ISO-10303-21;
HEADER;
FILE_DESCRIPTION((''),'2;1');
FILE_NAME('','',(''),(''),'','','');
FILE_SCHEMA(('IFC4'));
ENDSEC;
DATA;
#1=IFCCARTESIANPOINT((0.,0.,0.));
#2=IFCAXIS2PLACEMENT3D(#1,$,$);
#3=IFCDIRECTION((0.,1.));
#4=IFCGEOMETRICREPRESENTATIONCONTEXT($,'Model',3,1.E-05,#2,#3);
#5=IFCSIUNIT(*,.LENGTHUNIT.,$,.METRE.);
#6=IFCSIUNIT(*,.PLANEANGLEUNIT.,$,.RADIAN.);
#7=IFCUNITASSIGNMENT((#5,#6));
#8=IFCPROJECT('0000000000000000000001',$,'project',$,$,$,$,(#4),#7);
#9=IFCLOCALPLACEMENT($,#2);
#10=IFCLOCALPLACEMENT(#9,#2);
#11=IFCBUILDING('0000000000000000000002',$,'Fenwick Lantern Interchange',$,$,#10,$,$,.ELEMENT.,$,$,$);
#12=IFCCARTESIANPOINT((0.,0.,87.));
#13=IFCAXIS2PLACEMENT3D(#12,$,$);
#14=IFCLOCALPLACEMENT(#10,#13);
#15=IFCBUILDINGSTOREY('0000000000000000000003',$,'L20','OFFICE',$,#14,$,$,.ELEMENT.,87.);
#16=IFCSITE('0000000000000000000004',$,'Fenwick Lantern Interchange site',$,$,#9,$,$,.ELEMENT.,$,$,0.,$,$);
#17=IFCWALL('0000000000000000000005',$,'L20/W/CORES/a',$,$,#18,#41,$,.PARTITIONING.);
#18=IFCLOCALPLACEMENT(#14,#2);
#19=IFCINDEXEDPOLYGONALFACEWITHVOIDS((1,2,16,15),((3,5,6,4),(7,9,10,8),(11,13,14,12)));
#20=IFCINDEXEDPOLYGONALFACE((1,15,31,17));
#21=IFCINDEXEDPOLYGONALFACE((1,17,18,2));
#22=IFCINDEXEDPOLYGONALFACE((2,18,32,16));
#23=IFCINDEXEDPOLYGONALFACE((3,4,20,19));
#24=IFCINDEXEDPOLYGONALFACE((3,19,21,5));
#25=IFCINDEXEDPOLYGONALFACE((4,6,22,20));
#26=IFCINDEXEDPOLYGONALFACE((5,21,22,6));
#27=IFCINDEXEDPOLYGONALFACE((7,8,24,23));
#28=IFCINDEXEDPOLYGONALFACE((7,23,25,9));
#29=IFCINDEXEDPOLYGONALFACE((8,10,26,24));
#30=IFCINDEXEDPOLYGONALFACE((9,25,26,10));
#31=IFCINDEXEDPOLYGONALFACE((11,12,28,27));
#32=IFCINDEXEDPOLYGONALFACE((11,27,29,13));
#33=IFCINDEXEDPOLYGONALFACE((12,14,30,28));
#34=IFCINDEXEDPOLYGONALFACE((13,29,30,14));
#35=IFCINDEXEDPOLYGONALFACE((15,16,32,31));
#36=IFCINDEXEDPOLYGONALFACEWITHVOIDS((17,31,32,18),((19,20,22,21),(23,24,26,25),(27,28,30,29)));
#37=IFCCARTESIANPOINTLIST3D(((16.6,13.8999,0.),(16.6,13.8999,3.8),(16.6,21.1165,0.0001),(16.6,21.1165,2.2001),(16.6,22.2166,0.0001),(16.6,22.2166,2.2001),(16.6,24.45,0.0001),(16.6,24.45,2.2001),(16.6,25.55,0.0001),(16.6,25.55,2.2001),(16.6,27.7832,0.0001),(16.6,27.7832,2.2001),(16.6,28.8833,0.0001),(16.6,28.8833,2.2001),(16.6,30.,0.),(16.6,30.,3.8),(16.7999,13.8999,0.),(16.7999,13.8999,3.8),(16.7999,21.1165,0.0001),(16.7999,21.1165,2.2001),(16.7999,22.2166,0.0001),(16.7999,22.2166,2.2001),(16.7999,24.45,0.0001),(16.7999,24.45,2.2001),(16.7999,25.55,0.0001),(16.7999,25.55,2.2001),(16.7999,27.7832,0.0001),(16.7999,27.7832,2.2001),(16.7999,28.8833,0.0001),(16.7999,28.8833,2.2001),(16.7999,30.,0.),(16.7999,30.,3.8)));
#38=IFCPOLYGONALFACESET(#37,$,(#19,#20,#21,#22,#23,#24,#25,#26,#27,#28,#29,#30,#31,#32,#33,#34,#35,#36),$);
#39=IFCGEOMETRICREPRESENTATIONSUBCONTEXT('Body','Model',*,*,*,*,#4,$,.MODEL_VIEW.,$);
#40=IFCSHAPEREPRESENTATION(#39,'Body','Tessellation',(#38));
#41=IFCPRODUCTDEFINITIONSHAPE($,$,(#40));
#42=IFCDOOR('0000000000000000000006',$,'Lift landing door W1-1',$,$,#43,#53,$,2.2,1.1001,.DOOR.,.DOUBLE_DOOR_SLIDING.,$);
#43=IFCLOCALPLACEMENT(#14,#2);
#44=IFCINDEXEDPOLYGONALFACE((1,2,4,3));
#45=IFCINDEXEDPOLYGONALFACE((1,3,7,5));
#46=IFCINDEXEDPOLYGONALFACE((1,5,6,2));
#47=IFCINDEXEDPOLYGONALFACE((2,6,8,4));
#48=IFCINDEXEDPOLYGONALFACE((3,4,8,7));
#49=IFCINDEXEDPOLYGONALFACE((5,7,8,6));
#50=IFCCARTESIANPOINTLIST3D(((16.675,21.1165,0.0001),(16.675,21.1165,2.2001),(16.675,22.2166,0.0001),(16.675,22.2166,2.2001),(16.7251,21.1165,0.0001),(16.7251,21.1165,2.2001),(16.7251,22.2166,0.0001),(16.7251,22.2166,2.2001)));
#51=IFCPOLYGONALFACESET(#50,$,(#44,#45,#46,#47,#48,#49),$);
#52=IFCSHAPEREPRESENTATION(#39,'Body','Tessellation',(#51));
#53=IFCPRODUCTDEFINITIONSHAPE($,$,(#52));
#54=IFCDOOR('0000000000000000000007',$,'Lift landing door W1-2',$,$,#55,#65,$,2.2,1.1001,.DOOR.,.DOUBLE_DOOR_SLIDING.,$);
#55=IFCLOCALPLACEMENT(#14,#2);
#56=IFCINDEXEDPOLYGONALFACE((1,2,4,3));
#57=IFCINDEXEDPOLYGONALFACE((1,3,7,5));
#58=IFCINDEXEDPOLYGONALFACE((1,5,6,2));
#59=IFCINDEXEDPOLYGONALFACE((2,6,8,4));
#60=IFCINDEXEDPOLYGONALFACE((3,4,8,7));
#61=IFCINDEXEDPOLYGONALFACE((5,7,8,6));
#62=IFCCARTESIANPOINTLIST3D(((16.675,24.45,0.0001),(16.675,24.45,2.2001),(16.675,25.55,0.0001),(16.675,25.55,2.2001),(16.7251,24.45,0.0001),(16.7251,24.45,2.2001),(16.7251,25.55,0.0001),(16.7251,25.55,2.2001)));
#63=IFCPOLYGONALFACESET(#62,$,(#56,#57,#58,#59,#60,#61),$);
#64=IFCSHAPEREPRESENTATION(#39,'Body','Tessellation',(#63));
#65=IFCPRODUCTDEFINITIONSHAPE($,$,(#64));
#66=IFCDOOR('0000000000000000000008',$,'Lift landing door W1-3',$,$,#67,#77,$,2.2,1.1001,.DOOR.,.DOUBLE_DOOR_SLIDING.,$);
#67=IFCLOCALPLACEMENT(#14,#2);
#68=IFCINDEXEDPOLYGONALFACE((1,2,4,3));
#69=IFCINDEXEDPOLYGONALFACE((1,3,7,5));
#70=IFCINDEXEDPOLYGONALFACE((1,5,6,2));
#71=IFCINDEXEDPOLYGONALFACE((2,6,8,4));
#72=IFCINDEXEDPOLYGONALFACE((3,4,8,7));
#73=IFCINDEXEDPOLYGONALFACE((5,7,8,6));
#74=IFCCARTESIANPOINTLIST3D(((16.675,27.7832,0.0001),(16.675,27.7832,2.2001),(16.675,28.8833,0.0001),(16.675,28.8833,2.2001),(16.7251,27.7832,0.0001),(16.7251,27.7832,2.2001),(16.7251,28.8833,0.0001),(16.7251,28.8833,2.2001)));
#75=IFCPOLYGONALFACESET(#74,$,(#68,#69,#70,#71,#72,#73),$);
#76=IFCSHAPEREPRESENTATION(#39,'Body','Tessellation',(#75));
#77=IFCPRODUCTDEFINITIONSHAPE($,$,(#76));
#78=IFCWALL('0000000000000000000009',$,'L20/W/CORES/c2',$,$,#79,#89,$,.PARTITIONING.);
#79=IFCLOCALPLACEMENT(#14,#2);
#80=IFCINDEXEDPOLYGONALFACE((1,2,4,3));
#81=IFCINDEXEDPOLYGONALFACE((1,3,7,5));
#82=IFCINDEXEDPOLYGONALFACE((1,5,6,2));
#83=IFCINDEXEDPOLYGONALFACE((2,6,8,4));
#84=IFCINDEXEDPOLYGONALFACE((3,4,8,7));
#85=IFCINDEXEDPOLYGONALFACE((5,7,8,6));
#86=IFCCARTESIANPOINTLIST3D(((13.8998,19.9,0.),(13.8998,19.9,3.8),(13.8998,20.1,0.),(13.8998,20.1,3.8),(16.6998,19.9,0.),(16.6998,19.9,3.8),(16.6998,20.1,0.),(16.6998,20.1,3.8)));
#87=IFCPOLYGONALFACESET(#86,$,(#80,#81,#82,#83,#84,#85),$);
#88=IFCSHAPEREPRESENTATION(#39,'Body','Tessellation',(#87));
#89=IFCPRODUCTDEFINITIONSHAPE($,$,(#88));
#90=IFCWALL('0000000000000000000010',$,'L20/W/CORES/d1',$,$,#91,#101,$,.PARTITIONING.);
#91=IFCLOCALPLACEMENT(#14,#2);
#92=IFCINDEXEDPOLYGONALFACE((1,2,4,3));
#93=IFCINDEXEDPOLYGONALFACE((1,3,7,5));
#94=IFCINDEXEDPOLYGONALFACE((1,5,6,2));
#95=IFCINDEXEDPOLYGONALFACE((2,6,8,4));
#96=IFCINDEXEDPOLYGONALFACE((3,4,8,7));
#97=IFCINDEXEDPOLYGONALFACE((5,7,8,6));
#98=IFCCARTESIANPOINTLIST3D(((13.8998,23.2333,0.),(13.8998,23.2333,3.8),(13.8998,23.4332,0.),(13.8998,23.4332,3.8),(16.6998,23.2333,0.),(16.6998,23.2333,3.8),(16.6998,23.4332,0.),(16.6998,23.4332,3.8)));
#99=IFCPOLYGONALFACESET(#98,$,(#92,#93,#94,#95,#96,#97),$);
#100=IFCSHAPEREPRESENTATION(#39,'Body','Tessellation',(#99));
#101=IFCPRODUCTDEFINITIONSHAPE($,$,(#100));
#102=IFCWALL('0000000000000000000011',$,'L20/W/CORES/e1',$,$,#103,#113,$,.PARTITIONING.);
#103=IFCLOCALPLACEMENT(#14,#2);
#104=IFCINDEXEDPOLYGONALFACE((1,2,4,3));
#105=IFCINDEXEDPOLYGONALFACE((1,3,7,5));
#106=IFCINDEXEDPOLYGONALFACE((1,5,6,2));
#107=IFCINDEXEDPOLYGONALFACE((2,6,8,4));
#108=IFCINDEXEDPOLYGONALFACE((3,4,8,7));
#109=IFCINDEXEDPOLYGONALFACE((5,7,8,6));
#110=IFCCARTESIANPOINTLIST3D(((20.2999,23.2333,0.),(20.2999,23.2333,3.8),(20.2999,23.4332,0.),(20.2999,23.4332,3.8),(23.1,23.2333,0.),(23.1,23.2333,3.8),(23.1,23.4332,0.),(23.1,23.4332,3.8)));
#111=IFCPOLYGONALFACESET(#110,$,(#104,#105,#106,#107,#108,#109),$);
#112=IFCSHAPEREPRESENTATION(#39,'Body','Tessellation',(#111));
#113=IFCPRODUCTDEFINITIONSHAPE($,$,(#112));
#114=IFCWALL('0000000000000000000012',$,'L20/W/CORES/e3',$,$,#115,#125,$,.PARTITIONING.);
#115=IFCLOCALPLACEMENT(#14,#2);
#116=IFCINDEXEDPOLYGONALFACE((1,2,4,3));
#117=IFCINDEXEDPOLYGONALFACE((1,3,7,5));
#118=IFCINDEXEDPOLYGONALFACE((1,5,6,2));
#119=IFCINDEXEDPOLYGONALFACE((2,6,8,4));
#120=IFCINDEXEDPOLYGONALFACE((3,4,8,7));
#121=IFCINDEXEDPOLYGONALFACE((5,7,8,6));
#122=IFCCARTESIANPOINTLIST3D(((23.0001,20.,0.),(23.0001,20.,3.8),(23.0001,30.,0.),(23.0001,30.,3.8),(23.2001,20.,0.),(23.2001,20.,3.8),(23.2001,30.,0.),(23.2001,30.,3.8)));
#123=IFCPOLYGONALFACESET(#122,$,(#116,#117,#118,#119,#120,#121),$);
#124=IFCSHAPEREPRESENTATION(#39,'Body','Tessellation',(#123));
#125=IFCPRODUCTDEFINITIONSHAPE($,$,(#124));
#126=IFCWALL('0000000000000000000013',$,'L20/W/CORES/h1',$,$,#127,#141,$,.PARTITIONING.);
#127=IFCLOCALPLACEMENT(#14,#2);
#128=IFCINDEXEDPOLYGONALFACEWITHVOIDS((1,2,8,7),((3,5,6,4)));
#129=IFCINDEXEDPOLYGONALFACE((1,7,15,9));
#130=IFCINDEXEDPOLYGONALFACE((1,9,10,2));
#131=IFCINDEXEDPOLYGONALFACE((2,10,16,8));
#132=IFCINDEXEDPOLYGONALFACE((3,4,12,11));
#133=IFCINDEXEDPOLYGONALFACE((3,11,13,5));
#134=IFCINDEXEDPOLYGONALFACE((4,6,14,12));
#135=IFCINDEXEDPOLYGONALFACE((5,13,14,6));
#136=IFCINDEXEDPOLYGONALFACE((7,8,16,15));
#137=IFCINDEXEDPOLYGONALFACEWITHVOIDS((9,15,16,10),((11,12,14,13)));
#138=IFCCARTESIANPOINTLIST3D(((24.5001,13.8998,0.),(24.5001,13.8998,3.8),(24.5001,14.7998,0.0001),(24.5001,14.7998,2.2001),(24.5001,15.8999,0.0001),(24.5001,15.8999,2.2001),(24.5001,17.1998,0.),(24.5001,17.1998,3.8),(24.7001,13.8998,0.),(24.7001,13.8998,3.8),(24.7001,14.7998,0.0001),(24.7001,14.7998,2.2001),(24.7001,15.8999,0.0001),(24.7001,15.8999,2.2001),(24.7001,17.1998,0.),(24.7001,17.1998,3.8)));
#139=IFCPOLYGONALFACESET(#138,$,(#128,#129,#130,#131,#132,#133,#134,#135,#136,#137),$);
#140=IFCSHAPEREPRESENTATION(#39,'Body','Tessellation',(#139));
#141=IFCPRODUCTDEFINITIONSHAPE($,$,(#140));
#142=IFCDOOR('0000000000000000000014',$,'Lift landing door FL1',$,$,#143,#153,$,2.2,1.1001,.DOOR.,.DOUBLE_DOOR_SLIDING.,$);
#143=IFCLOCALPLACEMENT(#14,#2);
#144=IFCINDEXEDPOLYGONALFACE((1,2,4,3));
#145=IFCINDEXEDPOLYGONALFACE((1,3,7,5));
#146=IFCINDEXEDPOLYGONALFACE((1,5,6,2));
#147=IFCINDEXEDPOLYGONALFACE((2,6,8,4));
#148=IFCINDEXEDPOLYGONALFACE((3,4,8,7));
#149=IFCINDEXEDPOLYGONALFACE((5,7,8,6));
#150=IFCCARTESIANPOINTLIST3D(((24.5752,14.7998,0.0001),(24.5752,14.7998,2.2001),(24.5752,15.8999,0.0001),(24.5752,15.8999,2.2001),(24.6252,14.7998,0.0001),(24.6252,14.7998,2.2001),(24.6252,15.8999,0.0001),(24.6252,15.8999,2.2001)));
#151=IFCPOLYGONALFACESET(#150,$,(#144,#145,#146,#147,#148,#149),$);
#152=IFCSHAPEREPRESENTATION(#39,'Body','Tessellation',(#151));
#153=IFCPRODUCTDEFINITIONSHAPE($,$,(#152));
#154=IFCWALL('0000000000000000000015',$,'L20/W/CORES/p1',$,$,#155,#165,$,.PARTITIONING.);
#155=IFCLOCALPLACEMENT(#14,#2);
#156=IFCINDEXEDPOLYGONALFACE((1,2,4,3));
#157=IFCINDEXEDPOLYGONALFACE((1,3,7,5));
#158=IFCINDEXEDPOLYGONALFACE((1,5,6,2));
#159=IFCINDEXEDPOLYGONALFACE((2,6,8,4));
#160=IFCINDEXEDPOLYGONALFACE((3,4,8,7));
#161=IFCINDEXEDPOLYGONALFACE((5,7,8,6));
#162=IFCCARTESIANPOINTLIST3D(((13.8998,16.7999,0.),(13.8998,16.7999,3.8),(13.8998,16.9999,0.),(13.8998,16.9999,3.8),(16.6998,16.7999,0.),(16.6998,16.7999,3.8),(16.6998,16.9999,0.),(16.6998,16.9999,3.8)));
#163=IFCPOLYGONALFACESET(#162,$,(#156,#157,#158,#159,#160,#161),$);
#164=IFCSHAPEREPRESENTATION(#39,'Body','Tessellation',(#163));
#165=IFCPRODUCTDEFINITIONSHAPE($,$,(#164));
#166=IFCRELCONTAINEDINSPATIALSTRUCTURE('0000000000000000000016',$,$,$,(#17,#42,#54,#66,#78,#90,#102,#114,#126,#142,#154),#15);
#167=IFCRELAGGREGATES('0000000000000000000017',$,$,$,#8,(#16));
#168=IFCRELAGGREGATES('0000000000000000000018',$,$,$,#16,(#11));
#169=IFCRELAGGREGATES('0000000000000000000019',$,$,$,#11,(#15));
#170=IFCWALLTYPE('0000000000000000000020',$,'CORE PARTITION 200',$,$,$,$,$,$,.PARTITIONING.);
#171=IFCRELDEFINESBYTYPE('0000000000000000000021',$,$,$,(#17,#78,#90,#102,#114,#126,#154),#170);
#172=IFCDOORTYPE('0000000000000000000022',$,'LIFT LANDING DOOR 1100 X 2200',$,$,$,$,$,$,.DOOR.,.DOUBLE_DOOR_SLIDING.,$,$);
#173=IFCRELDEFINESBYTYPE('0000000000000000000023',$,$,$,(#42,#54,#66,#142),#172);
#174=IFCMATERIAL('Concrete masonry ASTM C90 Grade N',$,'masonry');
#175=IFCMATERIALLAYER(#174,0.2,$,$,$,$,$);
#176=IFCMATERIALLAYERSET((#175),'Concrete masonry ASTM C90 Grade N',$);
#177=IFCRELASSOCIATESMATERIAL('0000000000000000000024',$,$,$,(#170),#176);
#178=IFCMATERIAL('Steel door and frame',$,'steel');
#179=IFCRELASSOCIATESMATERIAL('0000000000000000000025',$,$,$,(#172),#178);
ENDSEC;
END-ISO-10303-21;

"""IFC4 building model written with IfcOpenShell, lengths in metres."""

from ifc_helpers import new_model, si_unit, direction, frame, frame_2d, origin, place, context, subcontext, project, spatial, rectangle, extrude, material, layer, layer_set, type_object, element, fill, save


model = new_model("IFC4")

# Units and contexts
model_context = context("Model", 3, precision=1e-05, world=origin(), true_north=direction((0.0, 1.0)))
body_context = subcontext(model_context, "Body", "Model", "MODEL_VIEW")
ifc_project = project(units=[si_unit("LENGTHUNIT", "METRE"), si_unit("PLANEANGLEUNIT", "RADIAN")], contexts=[model_context])

# Site, building, storey
site_placement = place(None, origin())
site = spatial("IfcSite", under=ifc_project, at=site_placement, Name="Fenwick Lantern Interchange site", CompositionType="ELEMENT", RefElevation=0.0)
building_placement = place(site_placement, origin())
building = spatial("IfcBuilding", under=site, at=building_placement, Name="Fenwick Lantern Interchange", CompositionType="ELEMENT")
storey_placement = place(building_placement, frame((0.0, 0.0, 87.0)))
storey = spatial("IfcBuildingStorey", under=building, at=storey_placement, Name="L20", Description="OFFICE", CompositionType="ELEMENT", Elevation=87.0)

# Wall, openings, doors
ifc_material_1 = material(Name="Concrete masonry ASTM C90 Grade N", Category="masonry")
ifc_layer_1 = layer(ifc_material_1, 0.2)
ifc_layer_set_1 = layer_set([ifc_layer_1], Name="Concrete masonry ASTM C90 Grade N")
wall_type_1 = type_object("IfcWallType", Name="CORE PARTITION 200", PredefinedType="PARTITIONING", material=ifc_layer_set_1)
wall_1_placement = place(storey_placement, frame((16.7, 13.8999, 0.0), z_axis=(0.0, 0.0, 1.0), x_axis=(0.0, 1.0, 0.0)))
wall_1 = element("IfcWall", 1, at=wall_1_placement, inside=storey, type_object=wall_type_1, Name="L20/W/CORES/a", PredefinedType="PARTITIONING", context=body_context, shape_type="SweptSolid", body=[
    extrude(rectangle(XDim=16.1001, YDim=0.2, at=frame_2d((8.05, 0.0))), origin(), (0.0, 0.0, 1.0), 3.8),
])
opening_1_placement = place(wall_1_placement, frame((7.2166, 0.0, 0.0)))
opening_1 = element("IfcOpeningElement", 2, at=opening_1_placement, cuts=wall_1, PredefinedType="OPENING", context=body_context, shape_type="SweptSolid", body=[
    extrude(rectangle(XDim=1.1001, YDim=2.2, at=frame_2d((0.55, 1.1001))), frame((0.0, 0.1099, 0.0), z_axis=(0.0, -1.0, 0.0), x_axis=(1.0, 0.0, 0.0)), (0.0, 0.0, 1.0), 0.22),
])
opening_2_placement = place(wall_1_placement, frame((10.55, 0.0, 0.0)))
opening_2 = element("IfcOpeningElement", 3, at=opening_2_placement, cuts=wall_1, PredefinedType="OPENING", context=body_context, shape_type="SweptSolid", body=[
    extrude(rectangle(XDim=1.1001, YDim=2.2, at=frame_2d((0.55, 1.1001))), frame((0.0, 0.1099, 0.0), z_axis=(0.0, -1.0, 0.0), x_axis=(1.0, 0.0, 0.0)), (0.0, 0.0, 1.0), 0.22),
])
opening_3_placement = place(wall_1_placement, frame((13.8833, 0.0, 0.0)))
opening_3 = element("IfcOpeningElement", 4, at=opening_3_placement, cuts=wall_1, PredefinedType="OPENING", context=body_context, shape_type="SweptSolid", body=[
    extrude(rectangle(XDim=1.1001, YDim=2.2, at=frame_2d((0.55, 1.1001))), frame((0.0, 0.1099, 0.0), z_axis=(0.0, -1.0, 0.0), x_axis=(1.0, 0.0, 0.0)), (0.0, 0.0, 1.0), 0.22),
])
ifc_material_2 = material(Name="Steel door and frame", Category="steel")
door_type_1 = type_object("IfcDoorType", Name="LIFT LANDING DOOR 1100 X 2200", OperationType="DOUBLE_DOOR_SLIDING", PredefinedType="DOOR", material=ifc_material_2)
door_1_placement = place(opening_1_placement, origin())
door_1 = element("IfcDoor", 5, at=door_1_placement, inside=storey, type_object=door_type_1, Name="Lift landing door W1-1", OperationType="DOUBLE_DOOR_SLIDING", OverallHeight=2.2, OverallWidth=1.1001, PredefinedType="DOOR", context=body_context, shape_type="SweptSolid", body=[
    extrude(rectangle(XDim=1.1001, YDim=2.2, at=frame_2d((0.55, 1.1001))), frame((0.0, 0.0249, 0.0), z_axis=(0.0, -1.0, 0.0), x_axis=(1.0, 0.0, 0.0)), (0.0, 0.0, 1.0), 0.05),
])
fill(opening_1, door_1)
door_2_placement = place(opening_2_placement, origin())
door_2 = element("IfcDoor", 6, at=door_2_placement, inside=storey, type_object=door_type_1, Name="Lift landing door W1-2", OperationType="DOUBLE_DOOR_SLIDING", OverallHeight=2.2, OverallWidth=1.1001, PredefinedType="DOOR", context=body_context, shape_type="SweptSolid", body=[
    extrude(rectangle(XDim=1.1001, YDim=2.2, at=frame_2d((0.55, 1.1001))), frame((0.0, 0.0249, 0.0), z_axis=(0.0, -1.0, 0.0), x_axis=(1.0, 0.0, 0.0)), (0.0, 0.0, 1.0), 0.05),
])
fill(opening_2, door_2)
door_3_placement = place(opening_3_placement, origin())
door_3 = element("IfcDoor", 7, at=door_3_placement, inside=storey, type_object=door_type_1, Name="Lift landing door W1-3", OperationType="DOUBLE_DOOR_SLIDING", OverallHeight=2.2, OverallWidth=1.1001, PredefinedType="DOOR", context=body_context, shape_type="SweptSolid", body=[
    extrude(rectangle(XDim=1.1001, YDim=2.2, at=frame_2d((0.55, 1.1001))), frame((0.0, 0.0249, 0.0), z_axis=(0.0, -1.0, 0.0), x_axis=(1.0, 0.0, 0.0)), (0.0, 0.0, 1.0), 0.05),
])
fill(opening_3, door_3)

# Walls
for number, where, z_axis, x_axis, name in (
    (8, (13.8999, 20.0, 0.0), (0.0, 0.0, 1.0), (1.0, 0.0, 0.0), "L20/W/CORES/c2"),
    (9, (13.8999, 23.3333, 0.0), (0.0, 0.0, 1.0), (1.0, 0.0, 0.0), "L20/W/CORES/d1"),
    (10, (20.3, 23.3333, 0.0), (0.0, 0.0, 1.0), (1.0, 0.0, 0.0), "L20/W/CORES/e1"),
):
    element("IfcWall", number, at=place(storey_placement, frame(where, z_axis=z_axis, x_axis=x_axis)), inside=storey, type_object=wall_type_1, Name=name, PredefinedType="PARTITIONING", context=body_context, shape_type="SweptSolid", body=[
        extrude(rectangle(XDim=2.8, YDim=0.2, at=frame_2d((1.3999, 0.0))), origin(), (0.0, 0.0, 1.0), 3.8),
    ])
wall_2_placement = place(storey_placement, frame((23.1001, 20.0, 0.0), z_axis=(0.0, 0.0, 1.0), x_axis=(0.0, 1.0, 0.0)))
element("IfcWall", 11, at=wall_2_placement, inside=storey, type_object=wall_type_1, Name="L20/W/CORES/e3", PredefinedType="PARTITIONING", context=body_context, shape_type="SweptSolid", body=[
    extrude(rectangle(XDim=10.0, YDim=0.2, at=frame_2d((5.0, 0.0))), origin(), (0.0, 0.0, 1.0), 3.8),
])

# Wall, opening, door
wall_3_placement = place(storey_placement, frame((24.6001, 13.8999, 0.0), z_axis=(0.0, 0.0, 1.0), x_axis=(0.0, 1.0, 0.0)))
wall_3 = element("IfcWall", 12, at=wall_3_placement, inside=storey, type_object=wall_type_1, Name="L20/W/CORES/h1", PredefinedType="PARTITIONING", context=body_context, shape_type="SweptSolid", body=[
    extrude(rectangle(XDim=3.3, YDim=0.2, at=frame_2d((1.6499, 0.0))), origin(), (0.0, 0.0, 1.0), 3.8),
])
opening_4_placement = place(wall_3_placement, frame((0.8999, 0.0, 0.0)))
opening_4 = element("IfcOpeningElement", 13, at=opening_4_placement, cuts=wall_3, PredefinedType="OPENING", context=body_context, shape_type="SweptSolid", body=[
    extrude(rectangle(XDim=1.1001, YDim=2.2, at=frame_2d((0.55, 1.1001))), frame((0.0, 0.1099, 0.0), z_axis=(0.0, -1.0, 0.0), x_axis=(1.0, 0.0, 0.0)), (0.0, 0.0, 1.0), 0.22),
])
door_4_placement = place(opening_4_placement, origin())
door_4 = element("IfcDoor", 14, at=door_4_placement, inside=storey, type_object=door_type_1, Name="Lift landing door FL1", OperationType="DOUBLE_DOOR_SLIDING", OverallHeight=2.2, OverallWidth=1.1001, PredefinedType="DOOR", context=body_context, shape_type="SweptSolid", body=[
    extrude(rectangle(XDim=1.1001, YDim=2.2, at=frame_2d((0.55, 1.1001))), frame((0.0, 0.0249, 0.0), z_axis=(0.0, -1.0, 0.0), x_axis=(1.0, 0.0, 0.0)), (0.0, 0.0, 1.0), 0.05),
])
fill(opening_4, door_4)

# Wall
wall_4_placement = place(storey_placement, frame((13.8999, 16.8999, 0.0), z_axis=(0.0, 0.0, 1.0), x_axis=(1.0, 0.0, 0.0)))
element("IfcWall", 15, at=wall_4_placement, inside=storey, type_object=wall_type_1, Name="L20/W/CORES/p1", PredefinedType="PARTITIONING", context=body_context, shape_type="SweptSolid", body=[
    extrude(rectangle(XDim=2.8, YDim=0.2, at=frame_2d((1.3999, 0.0))), origin(), (0.0, 0.0, 1.0), 3.8),
])

save(model, "model.ifc")
